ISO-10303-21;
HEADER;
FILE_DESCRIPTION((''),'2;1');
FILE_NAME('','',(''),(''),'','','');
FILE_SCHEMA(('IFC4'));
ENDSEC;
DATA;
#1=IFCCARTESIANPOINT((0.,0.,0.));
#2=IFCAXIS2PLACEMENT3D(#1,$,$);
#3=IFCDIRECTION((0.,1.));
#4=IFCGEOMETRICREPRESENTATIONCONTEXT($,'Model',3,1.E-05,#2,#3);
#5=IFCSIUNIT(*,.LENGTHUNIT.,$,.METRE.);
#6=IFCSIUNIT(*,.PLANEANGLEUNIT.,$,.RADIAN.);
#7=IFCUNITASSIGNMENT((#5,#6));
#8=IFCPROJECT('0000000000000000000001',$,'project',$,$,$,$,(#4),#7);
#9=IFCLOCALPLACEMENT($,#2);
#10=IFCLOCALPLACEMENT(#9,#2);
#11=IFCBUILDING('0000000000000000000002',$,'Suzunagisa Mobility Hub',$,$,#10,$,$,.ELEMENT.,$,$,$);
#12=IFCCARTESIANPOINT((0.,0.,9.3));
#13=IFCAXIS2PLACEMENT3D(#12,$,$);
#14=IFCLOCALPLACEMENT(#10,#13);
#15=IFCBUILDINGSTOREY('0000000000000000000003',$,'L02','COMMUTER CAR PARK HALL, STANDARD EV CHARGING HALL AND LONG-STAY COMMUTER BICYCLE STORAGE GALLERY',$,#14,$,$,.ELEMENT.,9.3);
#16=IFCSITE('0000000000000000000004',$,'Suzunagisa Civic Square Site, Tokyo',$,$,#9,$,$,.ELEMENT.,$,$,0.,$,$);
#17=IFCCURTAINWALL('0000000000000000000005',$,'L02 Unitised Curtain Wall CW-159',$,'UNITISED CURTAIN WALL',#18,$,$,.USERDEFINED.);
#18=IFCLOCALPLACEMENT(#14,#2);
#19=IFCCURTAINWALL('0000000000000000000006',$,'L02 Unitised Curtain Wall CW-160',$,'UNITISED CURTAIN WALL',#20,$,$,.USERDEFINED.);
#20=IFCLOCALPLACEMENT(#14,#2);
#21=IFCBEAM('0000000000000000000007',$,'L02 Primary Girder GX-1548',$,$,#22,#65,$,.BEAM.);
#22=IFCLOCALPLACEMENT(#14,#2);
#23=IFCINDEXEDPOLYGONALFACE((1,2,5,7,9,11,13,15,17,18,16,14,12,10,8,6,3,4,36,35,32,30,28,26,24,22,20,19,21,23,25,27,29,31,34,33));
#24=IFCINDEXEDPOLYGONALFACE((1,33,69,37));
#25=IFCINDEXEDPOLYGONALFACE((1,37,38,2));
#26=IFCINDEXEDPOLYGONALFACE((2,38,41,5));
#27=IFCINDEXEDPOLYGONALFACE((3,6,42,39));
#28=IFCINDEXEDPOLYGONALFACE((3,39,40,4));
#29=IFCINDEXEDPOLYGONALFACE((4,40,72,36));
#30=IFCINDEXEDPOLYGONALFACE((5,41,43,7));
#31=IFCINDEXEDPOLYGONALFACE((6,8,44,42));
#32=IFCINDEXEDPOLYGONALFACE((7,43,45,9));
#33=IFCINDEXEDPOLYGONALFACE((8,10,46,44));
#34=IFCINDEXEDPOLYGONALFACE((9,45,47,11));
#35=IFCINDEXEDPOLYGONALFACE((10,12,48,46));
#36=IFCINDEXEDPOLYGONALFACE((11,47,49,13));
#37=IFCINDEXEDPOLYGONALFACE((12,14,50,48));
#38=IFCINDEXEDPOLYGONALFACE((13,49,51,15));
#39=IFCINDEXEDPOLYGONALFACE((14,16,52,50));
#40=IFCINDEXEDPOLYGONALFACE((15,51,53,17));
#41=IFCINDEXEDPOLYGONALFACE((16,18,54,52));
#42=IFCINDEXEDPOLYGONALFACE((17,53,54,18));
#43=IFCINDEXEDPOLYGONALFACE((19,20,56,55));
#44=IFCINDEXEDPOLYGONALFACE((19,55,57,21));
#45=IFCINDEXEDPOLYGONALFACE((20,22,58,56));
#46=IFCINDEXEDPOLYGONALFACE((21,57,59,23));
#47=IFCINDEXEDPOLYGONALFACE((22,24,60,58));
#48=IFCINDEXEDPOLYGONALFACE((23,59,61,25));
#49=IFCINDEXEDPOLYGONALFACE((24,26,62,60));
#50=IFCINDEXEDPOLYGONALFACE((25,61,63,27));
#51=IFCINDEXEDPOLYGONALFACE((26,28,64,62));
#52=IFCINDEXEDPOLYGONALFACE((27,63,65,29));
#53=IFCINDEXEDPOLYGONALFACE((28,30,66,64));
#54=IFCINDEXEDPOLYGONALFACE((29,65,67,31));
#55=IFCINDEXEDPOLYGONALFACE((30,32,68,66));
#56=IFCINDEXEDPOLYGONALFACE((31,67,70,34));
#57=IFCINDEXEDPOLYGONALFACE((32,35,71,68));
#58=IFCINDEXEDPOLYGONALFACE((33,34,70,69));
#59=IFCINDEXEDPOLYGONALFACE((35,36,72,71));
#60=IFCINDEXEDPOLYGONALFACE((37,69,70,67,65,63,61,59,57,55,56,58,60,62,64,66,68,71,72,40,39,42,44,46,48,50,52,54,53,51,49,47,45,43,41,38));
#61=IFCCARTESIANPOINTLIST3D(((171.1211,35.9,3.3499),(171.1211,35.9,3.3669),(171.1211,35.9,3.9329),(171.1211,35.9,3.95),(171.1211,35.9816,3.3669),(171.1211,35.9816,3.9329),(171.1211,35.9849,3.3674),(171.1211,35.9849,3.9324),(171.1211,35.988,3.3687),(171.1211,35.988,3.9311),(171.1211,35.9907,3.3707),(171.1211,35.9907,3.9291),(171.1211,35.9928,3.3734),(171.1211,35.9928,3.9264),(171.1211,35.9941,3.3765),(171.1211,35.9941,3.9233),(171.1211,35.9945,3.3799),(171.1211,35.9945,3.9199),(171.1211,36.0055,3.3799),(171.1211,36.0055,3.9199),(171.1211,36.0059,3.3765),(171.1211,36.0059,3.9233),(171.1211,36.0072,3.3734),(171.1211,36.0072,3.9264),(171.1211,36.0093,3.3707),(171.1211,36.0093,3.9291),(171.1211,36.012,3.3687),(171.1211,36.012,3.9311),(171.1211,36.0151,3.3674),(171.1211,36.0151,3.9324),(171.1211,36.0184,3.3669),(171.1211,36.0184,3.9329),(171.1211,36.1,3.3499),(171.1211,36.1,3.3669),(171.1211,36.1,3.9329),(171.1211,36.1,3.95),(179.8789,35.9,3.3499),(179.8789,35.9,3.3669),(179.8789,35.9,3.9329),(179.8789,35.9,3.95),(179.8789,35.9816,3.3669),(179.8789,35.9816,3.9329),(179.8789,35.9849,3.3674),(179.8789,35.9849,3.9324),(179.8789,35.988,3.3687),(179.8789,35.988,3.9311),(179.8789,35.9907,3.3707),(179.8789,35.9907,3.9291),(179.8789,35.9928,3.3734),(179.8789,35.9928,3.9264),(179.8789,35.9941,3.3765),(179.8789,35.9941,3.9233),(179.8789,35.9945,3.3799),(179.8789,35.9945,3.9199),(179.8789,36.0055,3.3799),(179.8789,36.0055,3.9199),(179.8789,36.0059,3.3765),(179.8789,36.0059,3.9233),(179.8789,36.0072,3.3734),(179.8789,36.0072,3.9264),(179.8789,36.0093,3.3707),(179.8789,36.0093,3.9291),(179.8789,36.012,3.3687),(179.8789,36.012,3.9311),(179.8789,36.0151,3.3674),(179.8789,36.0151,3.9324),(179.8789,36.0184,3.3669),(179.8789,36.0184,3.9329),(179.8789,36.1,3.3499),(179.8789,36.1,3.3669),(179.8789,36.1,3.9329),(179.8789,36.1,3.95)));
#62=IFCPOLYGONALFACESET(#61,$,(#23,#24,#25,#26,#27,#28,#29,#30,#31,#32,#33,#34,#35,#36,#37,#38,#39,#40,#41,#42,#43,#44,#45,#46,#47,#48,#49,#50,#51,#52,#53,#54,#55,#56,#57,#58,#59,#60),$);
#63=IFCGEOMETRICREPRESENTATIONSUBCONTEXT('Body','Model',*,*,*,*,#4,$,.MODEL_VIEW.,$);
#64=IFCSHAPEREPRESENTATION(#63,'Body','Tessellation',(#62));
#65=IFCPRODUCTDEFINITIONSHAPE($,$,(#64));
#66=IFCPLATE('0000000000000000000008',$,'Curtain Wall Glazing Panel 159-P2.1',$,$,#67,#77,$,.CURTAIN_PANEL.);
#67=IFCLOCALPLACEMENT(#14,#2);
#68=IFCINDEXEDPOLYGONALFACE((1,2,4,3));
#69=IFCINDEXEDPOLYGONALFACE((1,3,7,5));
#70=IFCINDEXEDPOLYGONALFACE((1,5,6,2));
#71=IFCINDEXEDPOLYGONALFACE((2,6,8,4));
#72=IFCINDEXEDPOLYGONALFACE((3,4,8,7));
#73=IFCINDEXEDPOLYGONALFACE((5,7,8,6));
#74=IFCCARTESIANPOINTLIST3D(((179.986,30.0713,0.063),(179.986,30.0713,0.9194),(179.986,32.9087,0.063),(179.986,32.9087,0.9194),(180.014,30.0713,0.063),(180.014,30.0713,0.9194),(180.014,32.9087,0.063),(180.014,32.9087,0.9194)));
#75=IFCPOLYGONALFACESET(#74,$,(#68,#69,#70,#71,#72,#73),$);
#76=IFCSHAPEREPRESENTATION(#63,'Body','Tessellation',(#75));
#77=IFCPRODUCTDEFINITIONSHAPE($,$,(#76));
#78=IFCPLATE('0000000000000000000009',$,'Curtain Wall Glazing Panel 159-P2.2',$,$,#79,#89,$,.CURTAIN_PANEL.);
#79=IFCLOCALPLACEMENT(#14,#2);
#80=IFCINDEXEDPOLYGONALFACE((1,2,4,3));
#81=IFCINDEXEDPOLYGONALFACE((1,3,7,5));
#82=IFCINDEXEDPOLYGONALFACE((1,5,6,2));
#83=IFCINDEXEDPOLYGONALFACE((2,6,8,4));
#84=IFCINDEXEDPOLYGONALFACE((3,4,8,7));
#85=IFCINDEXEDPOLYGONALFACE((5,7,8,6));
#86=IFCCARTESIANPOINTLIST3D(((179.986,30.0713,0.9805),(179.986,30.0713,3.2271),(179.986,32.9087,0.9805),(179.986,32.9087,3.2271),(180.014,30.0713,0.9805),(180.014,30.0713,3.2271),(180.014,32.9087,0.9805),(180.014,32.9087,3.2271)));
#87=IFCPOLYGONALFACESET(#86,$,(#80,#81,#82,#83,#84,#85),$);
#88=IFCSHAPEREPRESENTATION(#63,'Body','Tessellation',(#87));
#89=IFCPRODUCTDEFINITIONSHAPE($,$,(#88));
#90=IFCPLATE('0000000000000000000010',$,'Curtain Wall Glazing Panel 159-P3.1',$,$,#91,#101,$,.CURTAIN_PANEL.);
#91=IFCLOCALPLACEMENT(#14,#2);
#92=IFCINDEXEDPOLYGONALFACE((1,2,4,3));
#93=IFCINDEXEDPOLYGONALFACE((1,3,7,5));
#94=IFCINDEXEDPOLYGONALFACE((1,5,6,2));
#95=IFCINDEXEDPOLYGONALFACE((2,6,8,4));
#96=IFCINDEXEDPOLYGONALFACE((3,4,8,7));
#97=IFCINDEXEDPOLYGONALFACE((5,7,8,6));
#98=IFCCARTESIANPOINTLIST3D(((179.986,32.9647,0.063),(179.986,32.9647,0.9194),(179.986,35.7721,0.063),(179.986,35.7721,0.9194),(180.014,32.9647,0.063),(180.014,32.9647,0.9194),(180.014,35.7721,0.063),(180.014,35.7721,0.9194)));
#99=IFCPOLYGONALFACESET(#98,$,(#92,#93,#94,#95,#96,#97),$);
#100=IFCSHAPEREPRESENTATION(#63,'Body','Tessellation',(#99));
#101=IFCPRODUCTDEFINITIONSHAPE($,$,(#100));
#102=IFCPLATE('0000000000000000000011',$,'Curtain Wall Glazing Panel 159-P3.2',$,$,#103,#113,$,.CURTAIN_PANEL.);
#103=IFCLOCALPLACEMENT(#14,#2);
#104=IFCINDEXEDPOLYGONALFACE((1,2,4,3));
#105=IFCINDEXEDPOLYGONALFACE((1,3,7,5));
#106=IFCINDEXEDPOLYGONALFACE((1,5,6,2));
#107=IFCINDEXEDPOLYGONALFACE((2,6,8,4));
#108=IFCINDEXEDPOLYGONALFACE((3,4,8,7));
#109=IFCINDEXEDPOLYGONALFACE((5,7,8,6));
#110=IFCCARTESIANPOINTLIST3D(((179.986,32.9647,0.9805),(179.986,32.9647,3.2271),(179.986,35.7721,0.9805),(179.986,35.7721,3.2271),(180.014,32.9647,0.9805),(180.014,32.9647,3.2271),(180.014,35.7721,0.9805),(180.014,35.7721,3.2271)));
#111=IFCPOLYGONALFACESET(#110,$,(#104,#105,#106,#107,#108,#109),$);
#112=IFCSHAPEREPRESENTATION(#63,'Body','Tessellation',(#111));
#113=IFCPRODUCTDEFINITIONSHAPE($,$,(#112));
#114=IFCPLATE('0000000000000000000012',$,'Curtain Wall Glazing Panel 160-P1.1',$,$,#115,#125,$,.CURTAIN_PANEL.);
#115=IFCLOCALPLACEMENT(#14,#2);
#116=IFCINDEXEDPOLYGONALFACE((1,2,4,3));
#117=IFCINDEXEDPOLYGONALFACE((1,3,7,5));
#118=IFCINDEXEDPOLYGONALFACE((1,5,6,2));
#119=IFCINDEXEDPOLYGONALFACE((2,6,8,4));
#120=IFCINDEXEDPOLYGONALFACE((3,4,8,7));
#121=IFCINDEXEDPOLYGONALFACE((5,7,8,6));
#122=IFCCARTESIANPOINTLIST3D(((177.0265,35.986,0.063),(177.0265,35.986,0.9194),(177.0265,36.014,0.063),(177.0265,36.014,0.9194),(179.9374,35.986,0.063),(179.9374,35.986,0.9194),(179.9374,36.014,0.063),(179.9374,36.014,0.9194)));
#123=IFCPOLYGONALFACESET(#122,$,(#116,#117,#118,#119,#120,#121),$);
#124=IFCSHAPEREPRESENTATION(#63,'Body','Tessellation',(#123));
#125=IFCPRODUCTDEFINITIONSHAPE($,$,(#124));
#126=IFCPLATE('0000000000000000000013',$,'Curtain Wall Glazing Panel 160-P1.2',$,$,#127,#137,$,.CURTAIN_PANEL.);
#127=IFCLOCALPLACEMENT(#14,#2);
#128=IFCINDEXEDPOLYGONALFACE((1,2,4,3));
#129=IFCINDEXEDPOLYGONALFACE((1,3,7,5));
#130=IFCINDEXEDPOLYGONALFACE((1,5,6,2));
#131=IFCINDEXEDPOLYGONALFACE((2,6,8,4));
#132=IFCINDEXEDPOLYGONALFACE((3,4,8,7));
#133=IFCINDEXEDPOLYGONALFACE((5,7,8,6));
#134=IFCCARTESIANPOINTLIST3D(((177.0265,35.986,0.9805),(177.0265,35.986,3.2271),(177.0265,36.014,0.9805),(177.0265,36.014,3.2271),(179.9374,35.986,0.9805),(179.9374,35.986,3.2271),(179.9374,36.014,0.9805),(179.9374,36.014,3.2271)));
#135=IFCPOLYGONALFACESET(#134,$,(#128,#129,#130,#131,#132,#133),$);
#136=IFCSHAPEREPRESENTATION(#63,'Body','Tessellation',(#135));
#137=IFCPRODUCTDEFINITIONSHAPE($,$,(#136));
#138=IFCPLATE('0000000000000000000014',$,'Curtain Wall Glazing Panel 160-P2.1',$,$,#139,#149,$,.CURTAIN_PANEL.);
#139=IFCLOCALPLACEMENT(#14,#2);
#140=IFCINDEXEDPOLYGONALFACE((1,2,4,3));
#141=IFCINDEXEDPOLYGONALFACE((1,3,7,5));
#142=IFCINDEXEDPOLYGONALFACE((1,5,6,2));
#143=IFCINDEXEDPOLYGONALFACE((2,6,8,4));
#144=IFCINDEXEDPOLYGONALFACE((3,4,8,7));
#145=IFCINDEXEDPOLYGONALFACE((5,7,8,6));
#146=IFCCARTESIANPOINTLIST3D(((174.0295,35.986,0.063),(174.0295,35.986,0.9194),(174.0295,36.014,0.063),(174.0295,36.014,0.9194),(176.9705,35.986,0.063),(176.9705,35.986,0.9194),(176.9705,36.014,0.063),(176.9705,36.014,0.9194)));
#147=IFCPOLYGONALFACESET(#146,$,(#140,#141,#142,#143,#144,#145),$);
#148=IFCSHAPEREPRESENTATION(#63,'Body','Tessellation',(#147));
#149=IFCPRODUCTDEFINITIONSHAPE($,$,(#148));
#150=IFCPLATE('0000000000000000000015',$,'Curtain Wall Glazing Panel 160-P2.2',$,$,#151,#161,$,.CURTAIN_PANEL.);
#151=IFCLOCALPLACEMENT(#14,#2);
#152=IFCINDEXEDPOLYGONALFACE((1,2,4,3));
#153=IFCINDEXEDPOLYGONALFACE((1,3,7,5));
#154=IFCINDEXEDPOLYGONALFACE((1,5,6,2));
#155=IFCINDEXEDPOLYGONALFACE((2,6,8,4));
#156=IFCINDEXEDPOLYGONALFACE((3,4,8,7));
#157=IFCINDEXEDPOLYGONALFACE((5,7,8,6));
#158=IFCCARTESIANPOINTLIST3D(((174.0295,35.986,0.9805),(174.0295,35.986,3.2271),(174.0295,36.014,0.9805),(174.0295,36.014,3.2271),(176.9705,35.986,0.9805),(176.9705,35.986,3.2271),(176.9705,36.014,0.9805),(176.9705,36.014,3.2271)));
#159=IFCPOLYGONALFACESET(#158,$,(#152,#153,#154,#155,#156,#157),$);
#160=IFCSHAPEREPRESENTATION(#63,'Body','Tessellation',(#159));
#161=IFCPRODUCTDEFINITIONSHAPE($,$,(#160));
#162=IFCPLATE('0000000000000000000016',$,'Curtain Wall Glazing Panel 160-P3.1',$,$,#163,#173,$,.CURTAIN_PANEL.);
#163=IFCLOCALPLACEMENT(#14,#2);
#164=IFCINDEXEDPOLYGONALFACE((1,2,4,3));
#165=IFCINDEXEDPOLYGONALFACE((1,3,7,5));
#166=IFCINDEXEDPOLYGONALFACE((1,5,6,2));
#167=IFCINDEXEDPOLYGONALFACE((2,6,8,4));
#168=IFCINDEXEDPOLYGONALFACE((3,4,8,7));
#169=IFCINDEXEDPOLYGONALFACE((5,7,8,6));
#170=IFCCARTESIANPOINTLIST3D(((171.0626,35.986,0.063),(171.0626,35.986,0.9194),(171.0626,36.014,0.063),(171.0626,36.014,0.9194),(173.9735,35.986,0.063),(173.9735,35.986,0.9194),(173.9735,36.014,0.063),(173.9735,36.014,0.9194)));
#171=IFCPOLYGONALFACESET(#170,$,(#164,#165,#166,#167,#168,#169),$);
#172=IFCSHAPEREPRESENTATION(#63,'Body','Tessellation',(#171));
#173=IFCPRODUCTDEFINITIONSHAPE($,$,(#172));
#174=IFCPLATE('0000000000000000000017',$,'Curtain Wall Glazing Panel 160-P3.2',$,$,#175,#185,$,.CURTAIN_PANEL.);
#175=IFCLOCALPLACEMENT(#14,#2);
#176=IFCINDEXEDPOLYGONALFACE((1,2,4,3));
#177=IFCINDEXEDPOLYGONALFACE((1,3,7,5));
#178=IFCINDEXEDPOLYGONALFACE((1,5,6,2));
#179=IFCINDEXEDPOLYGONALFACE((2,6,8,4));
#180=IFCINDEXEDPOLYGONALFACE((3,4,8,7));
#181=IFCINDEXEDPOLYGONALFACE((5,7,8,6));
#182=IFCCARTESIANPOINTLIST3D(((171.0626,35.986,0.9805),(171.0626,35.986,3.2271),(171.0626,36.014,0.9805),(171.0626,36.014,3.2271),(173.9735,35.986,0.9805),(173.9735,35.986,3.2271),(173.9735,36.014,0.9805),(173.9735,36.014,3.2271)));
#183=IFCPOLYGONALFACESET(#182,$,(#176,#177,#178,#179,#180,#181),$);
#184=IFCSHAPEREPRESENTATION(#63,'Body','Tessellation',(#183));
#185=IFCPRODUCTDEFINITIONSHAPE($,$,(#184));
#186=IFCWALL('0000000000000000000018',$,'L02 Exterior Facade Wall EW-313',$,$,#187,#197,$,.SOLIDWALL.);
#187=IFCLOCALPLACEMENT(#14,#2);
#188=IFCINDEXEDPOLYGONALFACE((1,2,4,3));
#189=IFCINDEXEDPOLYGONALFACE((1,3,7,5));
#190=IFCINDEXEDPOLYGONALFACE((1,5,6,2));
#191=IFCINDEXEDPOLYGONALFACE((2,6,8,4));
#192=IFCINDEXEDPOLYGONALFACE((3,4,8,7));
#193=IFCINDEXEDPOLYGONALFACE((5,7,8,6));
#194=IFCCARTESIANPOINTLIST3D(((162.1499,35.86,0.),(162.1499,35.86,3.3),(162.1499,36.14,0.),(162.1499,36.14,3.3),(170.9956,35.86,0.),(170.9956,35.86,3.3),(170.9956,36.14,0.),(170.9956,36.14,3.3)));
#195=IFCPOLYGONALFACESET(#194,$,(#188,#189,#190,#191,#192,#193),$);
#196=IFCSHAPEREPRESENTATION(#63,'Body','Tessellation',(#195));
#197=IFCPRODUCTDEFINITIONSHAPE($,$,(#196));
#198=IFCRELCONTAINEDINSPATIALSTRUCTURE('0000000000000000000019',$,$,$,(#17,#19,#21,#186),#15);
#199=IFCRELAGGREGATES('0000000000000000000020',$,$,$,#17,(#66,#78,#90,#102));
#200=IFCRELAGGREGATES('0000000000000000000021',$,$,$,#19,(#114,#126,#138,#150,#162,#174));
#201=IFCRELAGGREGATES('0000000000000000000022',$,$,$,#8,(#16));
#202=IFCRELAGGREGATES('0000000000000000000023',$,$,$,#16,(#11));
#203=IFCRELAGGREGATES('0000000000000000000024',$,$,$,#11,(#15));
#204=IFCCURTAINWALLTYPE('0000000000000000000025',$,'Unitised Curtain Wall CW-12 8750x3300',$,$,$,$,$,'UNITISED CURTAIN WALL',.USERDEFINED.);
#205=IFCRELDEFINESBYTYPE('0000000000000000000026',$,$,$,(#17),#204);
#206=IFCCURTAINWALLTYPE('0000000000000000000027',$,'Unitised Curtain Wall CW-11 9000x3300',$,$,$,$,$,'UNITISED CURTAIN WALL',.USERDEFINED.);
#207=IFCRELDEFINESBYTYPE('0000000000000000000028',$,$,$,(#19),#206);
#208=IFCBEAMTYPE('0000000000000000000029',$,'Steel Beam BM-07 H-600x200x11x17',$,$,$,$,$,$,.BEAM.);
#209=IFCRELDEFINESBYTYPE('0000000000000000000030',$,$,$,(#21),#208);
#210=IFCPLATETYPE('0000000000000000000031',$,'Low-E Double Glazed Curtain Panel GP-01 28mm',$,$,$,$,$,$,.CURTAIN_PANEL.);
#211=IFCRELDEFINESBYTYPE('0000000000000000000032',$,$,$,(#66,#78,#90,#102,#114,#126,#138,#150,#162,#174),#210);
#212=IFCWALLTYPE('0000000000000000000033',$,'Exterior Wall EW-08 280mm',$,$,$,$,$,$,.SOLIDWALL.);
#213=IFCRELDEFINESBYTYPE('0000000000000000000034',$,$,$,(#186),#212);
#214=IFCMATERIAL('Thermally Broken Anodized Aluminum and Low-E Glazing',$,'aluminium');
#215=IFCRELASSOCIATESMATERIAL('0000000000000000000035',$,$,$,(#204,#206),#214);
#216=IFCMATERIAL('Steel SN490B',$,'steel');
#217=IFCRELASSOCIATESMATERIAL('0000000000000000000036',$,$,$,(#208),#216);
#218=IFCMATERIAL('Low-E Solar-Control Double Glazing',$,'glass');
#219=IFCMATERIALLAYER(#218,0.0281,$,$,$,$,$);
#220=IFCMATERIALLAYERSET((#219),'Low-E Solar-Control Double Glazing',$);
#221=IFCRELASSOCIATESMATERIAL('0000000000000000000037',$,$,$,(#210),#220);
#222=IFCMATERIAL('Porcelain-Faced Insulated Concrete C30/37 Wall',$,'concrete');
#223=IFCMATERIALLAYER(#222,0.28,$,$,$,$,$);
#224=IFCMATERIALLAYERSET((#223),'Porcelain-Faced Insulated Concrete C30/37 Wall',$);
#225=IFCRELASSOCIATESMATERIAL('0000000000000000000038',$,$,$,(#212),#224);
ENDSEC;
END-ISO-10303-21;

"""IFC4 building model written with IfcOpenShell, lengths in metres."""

from ifc_helpers import new_model, si_unit, direction, frame, frame_2d, origin, origin_2d, place, context, subcontext, project, spatial, rectangle, i_section, extrude, material, layer, layer_set, material_profile, profile_set, type_object, element, aggregate, save


model = new_model("IFC4")

# Units and contexts
model_context = context("Model", 3, precision=1e-05, world=origin(), true_north=direction((0.0, 1.0)))
body_context = subcontext(model_context, "Body", "Model", "MODEL_VIEW")
ifc_project = project(units=[si_unit("LENGTHUNIT", "METRE"), si_unit("PLANEANGLEUNIT", "RADIAN")], contexts=[model_context])

# Site, building, storey
site_placement = place(None, origin())
site = spatial("IfcSite", under=ifc_project, at=site_placement, Name="Suzunagisa Civic Square Site, Tokyo", CompositionType="ELEMENT", RefElevation=0.0)
building_placement = place(site_placement, origin())
building = spatial("IfcBuilding", under=site, at=building_placement, Name="Suzunagisa Mobility Hub", CompositionType="ELEMENT")
storey_placement = place(building_placement, frame((0.0, 0.0, 9.3)))
storey = spatial("IfcBuildingStorey", under=building, at=storey_placement, Name="L02", Description="COMMUTER CAR PARK HALL, STANDARD EV CHARGING HALL AND LONG-STAY COMMUTER BICYCLE STORAGE GALLERY", CompositionType="ELEMENT", Elevation=9.3)

# Shared definitions
ifc_material_1 = material(Name="Steel SN490B", Category="steel")

# Curtain walls
ifc_material_2 = material(Name="Thermally Broken Anodized Aluminum and Low-E Glazing", Category="aluminium")
curtain_wall_type_1 = type_object("IfcCurtainWallType", Name="Unitised Curtain Wall CW-12 8750x3300", ElementType="UNITISED CURTAIN WALL", PredefinedType="USERDEFINED", material=ifc_material_2)
curtain_wall_1_placement = place(storey_placement, origin())
curtain_wall_1 = element("IfcCurtainWall", 1, at=curtain_wall_1_placement, inside=storey, type_object=curtain_wall_type_1, Name="L02 Unitised Curtain Wall CW-159", ObjectType="UNITISED CURTAIN WALL", PredefinedType="USERDEFINED")
curtain_wall_type_2 = type_object("IfcCurtainWallType", Name="Unitised Curtain Wall CW-11 9000x3300", ElementType="UNITISED CURTAIN WALL", PredefinedType="USERDEFINED", material=ifc_material_2)
curtain_wall_2_placement = place(storey_placement, origin())
curtain_wall_2 = element("IfcCurtainWall", 2, at=curtain_wall_2_placement, inside=storey, type_object=curtain_wall_type_2, Name="L02 Unitised Curtain Wall CW-160", ObjectType="UNITISED CURTAIN WALL", PredefinedType="USERDEFINED")

# Beam
ifc_material_profile_1 = material_profile(ifc_material_1, i_section(OverallWidth=0.2, OverallDepth=0.6001, WebThickness=0.011, FlangeThickness=0.0171, FilletRadius=0.0129, at=origin_2d()), Name="H-600x200x11x17")
ifc_profile_set_1 = profile_set([ifc_material_profile_1], Name="Steel SN490B")
beam_type_1 = type_object("IfcBeamType", Name="Steel Beam BM-07 H-600x200x11x17", PredefinedType="BEAM", material=ifc_profile_set_1)
beam_1_placement = place(storey_placement, frame((171.1211, 36.0, 3.6499), z_axis=(1.0, 0.0, 0.0), x_axis=(0.0, 1.0, 0.0)))
element("IfcBeam", 3, at=beam_1_placement, inside=storey, type_object=beam_type_1, Name="L02 Primary Girder GX-1548", PredefinedType="BEAM", context=body_context, shape_type="SweptSolid", body=[
    extrude(i_section(OverallWidth=0.2, OverallDepth=0.6001, WebThickness=0.011, FlangeThickness=0.0171, FilletRadius=0.0129, at=origin_2d()), origin(), (0.0, 0.0, 1.0), 8.7578),
])

# Plates
ifc_material_3 = material(Name="Low-E Solar-Control Double Glazing", Category="glass")
ifc_layer_1 = layer(ifc_material_3, 0.0281)
ifc_layer_set_1 = layer_set([ifc_layer_1], Name="Low-E Solar-Control Double Glazing")
plate_type = type_object("IfcPlateType", Name="Low-E Double Glazed Curtain Panel GP-01 28mm", PredefinedType="CURTAIN_PANEL", material=ifc_layer_set_1)
plate_1_placement = place(storey_placement, frame((180.0, 31.49, 0.063), z_axis=(0.0, 0.0, 1.0), x_axis=(0.0, 1.0, 0.0)))
plate_1 = element("IfcPlate", 4, at=plate_1_placement, type_object=plate_type, Name="Curtain Wall Glazing Panel 159-P2.1", PredefinedType="CURTAIN_PANEL", context=body_context, shape_type="SweptSolid", body=[
    extrude(rectangle(XDim=2.8374, YDim=0.0281, at=origin_2d()), origin(), (0.0, 0.0, 1.0), 0.8564),
])
plate_2_placement = place(storey_placement, frame((180.0, 31.49, 0.9805), z_axis=(0.0, 0.0, 1.0), x_axis=(0.0, 1.0, 0.0)))
plate_2 = element("IfcPlate", 5, at=plate_2_placement, type_object=plate_type, Name="Curtain Wall Glazing Panel 159-P2.2", PredefinedType="CURTAIN_PANEL", context=body_context, shape_type="SweptSolid", body=[
    extrude(rectangle(XDim=2.8374, YDim=0.0281, at=origin_2d()), origin(), (0.0, 0.0, 1.0), 2.2466),
])
plate_3_placement = place(storey_placement, frame((180.0, 34.3684, 0.063), z_axis=(0.0, 0.0, 1.0), x_axis=(0.0, 1.0, 0.0)))
plate_3 = element("IfcPlate", 6, at=plate_3_placement, type_object=plate_type, Name="Curtain Wall Glazing Panel 159-P3.1", PredefinedType="CURTAIN_PANEL", context=body_context, shape_type="SweptSolid", body=[
    extrude(rectangle(XDim=2.8074, YDim=0.0281, at=origin_2d()), origin(), (0.0, 0.0, 1.0), 0.8564),
])
plate_4_placement = place(storey_placement, frame((180.0, 34.3684, 0.9805), z_axis=(0.0, 0.0, 1.0), x_axis=(0.0, 1.0, 0.0)))
plate_4 = element("IfcPlate", 7, at=plate_4_placement, type_object=plate_type, Name="Curtain Wall Glazing Panel 159-P3.2", PredefinedType="CURTAIN_PANEL", context=body_context, shape_type="SweptSolid", body=[
    extrude(rectangle(XDim=2.8074, YDim=0.0281, at=origin_2d()), origin(), (0.0, 0.0, 1.0), 2.2466),
])
aggregate(curtain_wall_1, [plate_1, plate_2, plate_3, plate_4])
plate_5_placement = place(storey_placement, frame((178.4819, 36.0, 0.063), z_axis=(0.0, 0.0, 1.0), x_axis=(-1.0, 0.0, 0.0)))
plate_5 = element("IfcPlate", 8, at=plate_5_placement, type_object=plate_type, Name="Curtain Wall Glazing Panel 160-P1.1", PredefinedType="CURTAIN_PANEL", context=body_context, shape_type="SweptSolid", body=[
    extrude(rectangle(XDim=2.9109, YDim=0.0281, at=origin_2d()), origin(), (0.0, 0.0, 1.0), 0.8564),
])
plate_6_placement = place(storey_placement, frame((178.4819, 36.0, 0.9805), z_axis=(0.0, 0.0, 1.0), x_axis=(-1.0, 0.0, 0.0)))
plate_6 = element("IfcPlate", 9, at=plate_6_placement, type_object=plate_type, Name="Curtain Wall Glazing Panel 160-P1.2", PredefinedType="CURTAIN_PANEL", context=body_context, shape_type="SweptSolid", body=[
    extrude(rectangle(XDim=2.9109, YDim=0.0281, at=origin_2d()), origin(), (0.0, 0.0, 1.0), 2.2466),
])
plate_7_placement = place(storey_placement, frame((175.5, 36.0, 0.063), z_axis=(0.0, 0.0, 1.0), x_axis=(-1.0, 0.0, 0.0)))
plate_7 = element("IfcPlate", 10, at=plate_7_placement, type_object=plate_type, Name="Curtain Wall Glazing Panel 160-P2.1", PredefinedType="CURTAIN_PANEL", context=body_context, shape_type="SweptSolid", body=[
    extrude(rectangle(XDim=2.9409, YDim=0.0281, at=origin_2d()), origin(), (0.0, 0.0, 1.0), 0.8564),
])
plate_8_placement = place(storey_placement, frame((175.5, 36.0, 0.9805), z_axis=(0.0, 0.0, 1.0), x_axis=(-1.0, 0.0, 0.0)))
plate_8 = element("IfcPlate", 11, at=plate_8_placement, type_object=plate_type, Name="Curtain Wall Glazing Panel 160-P2.2", PredefinedType="CURTAIN_PANEL", context=body_context, shape_type="SweptSolid", body=[
    extrude(rectangle(XDim=2.9409, YDim=0.0281, at=origin_2d()), origin(), (0.0, 0.0, 1.0), 2.2466),
])
plate_9_placement = place(storey_placement, frame((172.5181, 36.0, 0.063), z_axis=(0.0, 0.0, 1.0), x_axis=(-1.0, 0.0, 0.0)))
plate_9 = element("IfcPlate", 12, at=plate_9_placement, type_object=plate_type, Name="Curtain Wall Glazing Panel 160-P3.1", PredefinedType="CURTAIN_PANEL", context=body_context, shape_type="SweptSolid", body=[
    extrude(rectangle(XDim=2.9109, YDim=0.0281, at=origin_2d()), origin(), (0.0, 0.0, 1.0), 0.8564),
])
plate_10_placement = place(storey_placement, frame((172.5181, 36.0, 0.9805), z_axis=(0.0, 0.0, 1.0), x_axis=(-1.0, 0.0, 0.0)))
plate_10 = element("IfcPlate", 13, at=plate_10_placement, type_object=plate_type, Name="Curtain Wall Glazing Panel 160-P3.2", PredefinedType="CURTAIN_PANEL", context=body_context, shape_type="SweptSolid", body=[
    extrude(rectangle(XDim=2.9109, YDim=0.0281, at=origin_2d()), origin(), (0.0, 0.0, 1.0), 2.2466),
])
aggregate(curtain_wall_2, [plate_5, plate_6, plate_7, plate_8, plate_9, plate_10])

# Wall
ifc_material_4 = material(Name="Porcelain-Faced Insulated Concrete C30/37 Wall", Category="concrete")
ifc_layer_2 = layer(ifc_material_4, 0.28)
ifc_layer_set_2 = layer_set([ifc_layer_2], Name="Porcelain-Faced Insulated Concrete C30/37 Wall")
wall_type = type_object("IfcWallType", Name="Exterior Wall EW-08 280mm", PredefinedType="SOLIDWALL", material=ifc_layer_set_2)
wall_placement = place(storey_placement, frame((170.9956, 36.0, 0.0), z_axis=(0.0, 0.0, 1.0), x_axis=(-1.0, 0.0, 0.0)))
element("IfcWall", 14, at=wall_placement, inside=storey, type_object=wall_type, Name="L02 Exterior Facade Wall EW-313", PredefinedType="SOLIDWALL", context=body_context, shape_type="SweptSolid", body=[
    extrude(rectangle(XDim=8.8457, YDim=0.28, at=frame_2d((4.4229, 0.0))), origin(), (0.0, 0.0, 1.0), 3.3),
])

save(model, "model.ifc")
